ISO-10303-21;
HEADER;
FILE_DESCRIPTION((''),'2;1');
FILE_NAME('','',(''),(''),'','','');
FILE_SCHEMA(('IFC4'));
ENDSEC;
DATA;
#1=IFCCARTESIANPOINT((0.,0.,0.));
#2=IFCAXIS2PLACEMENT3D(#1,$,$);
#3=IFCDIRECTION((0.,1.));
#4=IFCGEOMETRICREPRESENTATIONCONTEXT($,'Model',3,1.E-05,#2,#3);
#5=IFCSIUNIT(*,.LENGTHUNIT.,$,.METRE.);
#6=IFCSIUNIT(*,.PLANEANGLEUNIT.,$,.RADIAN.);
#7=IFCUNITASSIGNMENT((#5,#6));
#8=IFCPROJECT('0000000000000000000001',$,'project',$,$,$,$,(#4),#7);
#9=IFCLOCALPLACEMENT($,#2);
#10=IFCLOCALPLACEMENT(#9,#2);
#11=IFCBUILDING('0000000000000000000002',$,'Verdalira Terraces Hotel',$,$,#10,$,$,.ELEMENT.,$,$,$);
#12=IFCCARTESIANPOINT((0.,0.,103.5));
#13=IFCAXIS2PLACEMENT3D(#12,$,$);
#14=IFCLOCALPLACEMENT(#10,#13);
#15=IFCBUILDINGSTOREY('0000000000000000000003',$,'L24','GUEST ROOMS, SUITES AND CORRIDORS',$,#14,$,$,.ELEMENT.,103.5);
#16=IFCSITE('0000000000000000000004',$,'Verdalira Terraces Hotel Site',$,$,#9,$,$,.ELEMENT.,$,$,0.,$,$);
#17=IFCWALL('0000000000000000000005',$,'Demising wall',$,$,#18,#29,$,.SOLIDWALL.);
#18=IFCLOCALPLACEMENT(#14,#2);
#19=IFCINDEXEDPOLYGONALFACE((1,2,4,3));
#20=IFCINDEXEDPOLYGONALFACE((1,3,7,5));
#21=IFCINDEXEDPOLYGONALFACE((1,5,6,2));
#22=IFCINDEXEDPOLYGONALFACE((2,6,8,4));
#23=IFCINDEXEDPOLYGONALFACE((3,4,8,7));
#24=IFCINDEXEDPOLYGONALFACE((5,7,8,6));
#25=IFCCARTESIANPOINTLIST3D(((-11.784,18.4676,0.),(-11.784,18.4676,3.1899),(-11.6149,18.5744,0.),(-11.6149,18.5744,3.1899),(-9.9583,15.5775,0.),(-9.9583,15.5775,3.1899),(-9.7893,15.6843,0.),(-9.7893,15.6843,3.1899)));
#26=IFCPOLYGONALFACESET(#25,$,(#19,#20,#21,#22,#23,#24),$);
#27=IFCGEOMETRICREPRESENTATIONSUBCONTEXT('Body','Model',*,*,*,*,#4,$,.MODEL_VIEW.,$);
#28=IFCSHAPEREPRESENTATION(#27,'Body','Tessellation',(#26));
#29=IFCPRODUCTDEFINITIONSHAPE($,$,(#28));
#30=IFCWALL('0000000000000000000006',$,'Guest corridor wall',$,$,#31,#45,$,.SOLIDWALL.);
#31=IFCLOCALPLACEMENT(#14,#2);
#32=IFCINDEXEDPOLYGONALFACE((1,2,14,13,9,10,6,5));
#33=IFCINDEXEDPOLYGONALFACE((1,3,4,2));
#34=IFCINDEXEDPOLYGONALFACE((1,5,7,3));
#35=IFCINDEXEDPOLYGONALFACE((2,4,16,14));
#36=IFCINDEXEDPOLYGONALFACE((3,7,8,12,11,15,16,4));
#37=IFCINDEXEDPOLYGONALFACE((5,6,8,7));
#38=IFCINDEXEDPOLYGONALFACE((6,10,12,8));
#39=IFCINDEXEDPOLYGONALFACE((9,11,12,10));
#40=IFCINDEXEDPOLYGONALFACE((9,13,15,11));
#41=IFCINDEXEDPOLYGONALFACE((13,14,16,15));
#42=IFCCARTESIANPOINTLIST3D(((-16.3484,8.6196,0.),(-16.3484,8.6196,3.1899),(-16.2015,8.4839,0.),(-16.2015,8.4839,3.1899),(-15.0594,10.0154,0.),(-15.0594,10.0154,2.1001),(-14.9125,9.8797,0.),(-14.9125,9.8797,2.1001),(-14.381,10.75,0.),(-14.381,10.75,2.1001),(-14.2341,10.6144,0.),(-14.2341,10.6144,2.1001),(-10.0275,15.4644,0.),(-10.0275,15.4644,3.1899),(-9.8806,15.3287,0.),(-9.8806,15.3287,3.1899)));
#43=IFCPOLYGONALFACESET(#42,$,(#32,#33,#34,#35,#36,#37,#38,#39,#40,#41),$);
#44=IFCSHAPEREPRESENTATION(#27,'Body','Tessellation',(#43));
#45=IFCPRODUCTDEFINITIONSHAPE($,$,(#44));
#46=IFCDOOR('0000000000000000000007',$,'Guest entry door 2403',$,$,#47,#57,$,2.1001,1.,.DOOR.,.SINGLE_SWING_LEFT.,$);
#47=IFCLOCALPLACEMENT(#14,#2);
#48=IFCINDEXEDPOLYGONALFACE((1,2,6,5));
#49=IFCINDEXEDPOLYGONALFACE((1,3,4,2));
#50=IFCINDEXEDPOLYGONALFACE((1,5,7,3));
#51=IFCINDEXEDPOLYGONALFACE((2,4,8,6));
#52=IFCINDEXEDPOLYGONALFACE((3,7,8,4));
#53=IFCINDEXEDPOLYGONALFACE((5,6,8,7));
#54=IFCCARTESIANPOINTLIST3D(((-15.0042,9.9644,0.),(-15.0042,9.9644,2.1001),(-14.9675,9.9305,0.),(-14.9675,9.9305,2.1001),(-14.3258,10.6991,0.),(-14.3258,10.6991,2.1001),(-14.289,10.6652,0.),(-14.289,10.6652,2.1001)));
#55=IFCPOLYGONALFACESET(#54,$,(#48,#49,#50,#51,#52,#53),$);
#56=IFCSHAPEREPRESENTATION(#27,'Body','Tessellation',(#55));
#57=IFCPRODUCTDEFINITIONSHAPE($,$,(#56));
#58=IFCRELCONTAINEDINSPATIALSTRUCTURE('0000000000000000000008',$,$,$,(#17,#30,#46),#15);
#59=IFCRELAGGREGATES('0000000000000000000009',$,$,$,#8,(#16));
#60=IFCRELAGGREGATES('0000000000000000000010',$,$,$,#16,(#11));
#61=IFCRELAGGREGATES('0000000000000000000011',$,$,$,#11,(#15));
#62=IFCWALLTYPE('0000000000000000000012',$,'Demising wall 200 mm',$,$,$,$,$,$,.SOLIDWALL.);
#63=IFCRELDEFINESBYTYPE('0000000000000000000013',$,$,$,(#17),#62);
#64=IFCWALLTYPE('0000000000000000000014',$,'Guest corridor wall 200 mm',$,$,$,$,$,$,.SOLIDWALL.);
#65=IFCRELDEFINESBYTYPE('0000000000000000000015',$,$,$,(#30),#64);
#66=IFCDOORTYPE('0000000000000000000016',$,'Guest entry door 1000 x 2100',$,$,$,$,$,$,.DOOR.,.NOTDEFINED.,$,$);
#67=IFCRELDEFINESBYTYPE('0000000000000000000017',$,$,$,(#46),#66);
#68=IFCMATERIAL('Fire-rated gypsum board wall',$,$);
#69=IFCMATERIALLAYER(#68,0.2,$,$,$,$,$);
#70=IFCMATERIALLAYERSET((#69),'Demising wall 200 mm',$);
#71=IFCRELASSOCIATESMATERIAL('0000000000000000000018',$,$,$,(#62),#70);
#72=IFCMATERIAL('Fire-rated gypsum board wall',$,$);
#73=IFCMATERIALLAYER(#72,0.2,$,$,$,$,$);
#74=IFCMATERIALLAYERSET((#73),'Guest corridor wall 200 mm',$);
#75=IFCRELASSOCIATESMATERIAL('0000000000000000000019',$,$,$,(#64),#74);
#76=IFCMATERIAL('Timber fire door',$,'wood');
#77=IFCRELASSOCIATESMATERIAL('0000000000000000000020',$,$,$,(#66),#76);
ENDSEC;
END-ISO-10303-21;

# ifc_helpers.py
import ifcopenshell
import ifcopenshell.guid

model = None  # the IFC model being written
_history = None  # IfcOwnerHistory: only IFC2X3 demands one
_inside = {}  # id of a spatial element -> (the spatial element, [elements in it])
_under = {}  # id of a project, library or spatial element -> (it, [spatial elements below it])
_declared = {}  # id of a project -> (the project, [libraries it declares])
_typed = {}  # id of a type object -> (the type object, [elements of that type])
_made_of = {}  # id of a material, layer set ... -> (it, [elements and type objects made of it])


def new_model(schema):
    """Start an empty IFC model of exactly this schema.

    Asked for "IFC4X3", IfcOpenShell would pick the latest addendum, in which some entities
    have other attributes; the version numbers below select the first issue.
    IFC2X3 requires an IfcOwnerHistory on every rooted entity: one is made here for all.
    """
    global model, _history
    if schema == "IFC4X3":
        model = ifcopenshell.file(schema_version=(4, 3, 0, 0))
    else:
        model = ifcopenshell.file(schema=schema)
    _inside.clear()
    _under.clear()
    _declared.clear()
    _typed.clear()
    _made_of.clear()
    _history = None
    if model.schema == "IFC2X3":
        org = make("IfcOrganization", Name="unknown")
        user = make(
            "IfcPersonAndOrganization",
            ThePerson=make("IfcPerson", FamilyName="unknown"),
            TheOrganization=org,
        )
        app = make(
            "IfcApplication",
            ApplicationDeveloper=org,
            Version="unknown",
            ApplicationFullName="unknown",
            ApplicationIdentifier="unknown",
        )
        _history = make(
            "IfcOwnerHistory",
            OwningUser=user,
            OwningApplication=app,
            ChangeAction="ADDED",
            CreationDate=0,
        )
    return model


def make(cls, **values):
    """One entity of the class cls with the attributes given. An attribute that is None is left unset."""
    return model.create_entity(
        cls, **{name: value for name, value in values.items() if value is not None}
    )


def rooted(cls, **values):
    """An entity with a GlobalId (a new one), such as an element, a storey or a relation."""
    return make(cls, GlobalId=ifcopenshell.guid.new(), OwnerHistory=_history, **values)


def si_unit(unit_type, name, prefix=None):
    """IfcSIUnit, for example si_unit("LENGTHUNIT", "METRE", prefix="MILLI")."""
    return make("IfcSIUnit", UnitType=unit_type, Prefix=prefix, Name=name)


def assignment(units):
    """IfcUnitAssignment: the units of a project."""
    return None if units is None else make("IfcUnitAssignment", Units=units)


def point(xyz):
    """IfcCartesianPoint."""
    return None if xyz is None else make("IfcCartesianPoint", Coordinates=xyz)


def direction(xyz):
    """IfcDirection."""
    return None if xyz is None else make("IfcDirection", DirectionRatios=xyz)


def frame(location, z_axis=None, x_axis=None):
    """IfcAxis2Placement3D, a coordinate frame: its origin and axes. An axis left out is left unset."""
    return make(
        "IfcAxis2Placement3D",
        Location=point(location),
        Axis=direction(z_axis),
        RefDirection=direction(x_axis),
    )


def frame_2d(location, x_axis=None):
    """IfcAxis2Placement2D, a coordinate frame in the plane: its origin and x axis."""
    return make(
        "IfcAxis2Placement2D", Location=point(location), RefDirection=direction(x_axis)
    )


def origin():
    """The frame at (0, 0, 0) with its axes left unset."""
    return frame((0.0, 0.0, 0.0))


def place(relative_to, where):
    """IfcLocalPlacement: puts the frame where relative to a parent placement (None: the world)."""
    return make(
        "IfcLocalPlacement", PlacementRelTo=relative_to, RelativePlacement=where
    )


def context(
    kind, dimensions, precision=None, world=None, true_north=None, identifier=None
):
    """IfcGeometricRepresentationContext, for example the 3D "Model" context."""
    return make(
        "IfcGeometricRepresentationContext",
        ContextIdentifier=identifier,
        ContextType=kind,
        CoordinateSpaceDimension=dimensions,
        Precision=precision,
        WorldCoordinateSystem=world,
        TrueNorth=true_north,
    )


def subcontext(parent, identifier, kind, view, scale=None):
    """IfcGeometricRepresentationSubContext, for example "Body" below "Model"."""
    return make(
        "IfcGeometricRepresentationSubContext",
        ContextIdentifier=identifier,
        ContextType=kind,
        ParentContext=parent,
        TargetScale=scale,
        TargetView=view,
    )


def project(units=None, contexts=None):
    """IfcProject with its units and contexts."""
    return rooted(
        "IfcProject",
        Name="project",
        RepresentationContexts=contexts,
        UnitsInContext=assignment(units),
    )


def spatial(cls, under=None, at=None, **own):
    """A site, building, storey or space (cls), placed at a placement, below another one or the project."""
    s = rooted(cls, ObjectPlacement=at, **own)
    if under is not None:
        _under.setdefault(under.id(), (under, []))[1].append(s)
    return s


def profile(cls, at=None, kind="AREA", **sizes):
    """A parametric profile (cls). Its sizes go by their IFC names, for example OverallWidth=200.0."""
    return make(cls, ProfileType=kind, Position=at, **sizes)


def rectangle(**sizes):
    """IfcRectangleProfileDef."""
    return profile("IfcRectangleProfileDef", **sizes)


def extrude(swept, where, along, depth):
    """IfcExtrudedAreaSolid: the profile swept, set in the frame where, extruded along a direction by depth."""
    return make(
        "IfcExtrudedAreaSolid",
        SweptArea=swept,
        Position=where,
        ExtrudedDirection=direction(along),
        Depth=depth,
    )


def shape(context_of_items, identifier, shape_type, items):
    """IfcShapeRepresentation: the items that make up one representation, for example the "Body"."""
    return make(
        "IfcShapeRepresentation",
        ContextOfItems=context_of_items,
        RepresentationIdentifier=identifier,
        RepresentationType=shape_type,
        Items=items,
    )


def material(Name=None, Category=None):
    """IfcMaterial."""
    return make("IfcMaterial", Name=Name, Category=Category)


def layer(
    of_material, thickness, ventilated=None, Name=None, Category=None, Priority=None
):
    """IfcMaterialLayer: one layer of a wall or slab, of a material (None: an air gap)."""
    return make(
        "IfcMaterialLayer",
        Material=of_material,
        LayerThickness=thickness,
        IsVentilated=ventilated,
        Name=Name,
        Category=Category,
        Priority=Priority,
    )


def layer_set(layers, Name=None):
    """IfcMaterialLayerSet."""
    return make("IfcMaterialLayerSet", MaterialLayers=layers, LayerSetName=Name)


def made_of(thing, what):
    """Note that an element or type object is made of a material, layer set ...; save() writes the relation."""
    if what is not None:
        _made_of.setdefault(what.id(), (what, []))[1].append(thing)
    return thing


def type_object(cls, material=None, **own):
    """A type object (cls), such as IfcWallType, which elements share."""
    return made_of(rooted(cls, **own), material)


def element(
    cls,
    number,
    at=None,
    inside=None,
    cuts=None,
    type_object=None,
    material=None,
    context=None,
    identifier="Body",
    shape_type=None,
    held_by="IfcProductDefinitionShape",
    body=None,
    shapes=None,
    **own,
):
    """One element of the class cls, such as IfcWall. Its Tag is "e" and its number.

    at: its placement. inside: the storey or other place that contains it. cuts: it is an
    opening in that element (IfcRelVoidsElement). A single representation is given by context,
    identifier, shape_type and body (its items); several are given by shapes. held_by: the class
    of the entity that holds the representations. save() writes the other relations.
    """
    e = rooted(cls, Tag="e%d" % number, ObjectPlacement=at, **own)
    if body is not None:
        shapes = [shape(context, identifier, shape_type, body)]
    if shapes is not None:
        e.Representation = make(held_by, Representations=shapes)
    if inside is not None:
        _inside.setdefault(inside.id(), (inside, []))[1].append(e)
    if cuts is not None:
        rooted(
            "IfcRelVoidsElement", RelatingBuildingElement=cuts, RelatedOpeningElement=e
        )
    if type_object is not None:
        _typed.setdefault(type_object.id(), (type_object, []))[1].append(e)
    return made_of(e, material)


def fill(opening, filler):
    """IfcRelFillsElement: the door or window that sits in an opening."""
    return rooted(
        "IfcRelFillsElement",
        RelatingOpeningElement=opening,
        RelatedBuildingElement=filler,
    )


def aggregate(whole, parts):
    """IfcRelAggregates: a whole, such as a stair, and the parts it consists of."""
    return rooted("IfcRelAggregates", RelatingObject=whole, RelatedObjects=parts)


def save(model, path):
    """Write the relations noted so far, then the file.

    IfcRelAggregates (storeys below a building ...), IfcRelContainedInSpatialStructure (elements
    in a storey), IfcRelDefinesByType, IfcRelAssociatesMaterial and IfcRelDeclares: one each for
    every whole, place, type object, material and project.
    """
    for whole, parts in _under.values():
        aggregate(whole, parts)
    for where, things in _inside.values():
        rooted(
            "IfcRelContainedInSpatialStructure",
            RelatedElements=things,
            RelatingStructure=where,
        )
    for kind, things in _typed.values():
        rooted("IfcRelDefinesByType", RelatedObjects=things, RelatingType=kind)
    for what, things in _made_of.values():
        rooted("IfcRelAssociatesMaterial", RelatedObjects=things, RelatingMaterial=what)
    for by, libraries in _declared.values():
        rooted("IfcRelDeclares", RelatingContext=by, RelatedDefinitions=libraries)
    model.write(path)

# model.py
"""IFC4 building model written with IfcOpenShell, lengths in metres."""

from ifc_helpers import new_model, si_unit, direction, frame, frame_2d, origin, place, context, subcontext, project, spatial, rectangle, extrude, material, layer, layer_set, type_object, element, fill, save


model = new_model("IFC4")

# Units and contexts
model_context = context("Model", 3, precision=1e-05, world=origin(), true_north=direction((0.0, 1.0)))
body_context = subcontext(model_context, "Body", "Model", "MODEL_VIEW")
ifc_project = project(units=[si_unit("LENGTHUNIT", "METRE"), si_unit("PLANEANGLEUNIT", "RADIAN")], contexts=[model_context])

# Site, building, storey
site_placement = place(None, origin())
site = spatial("IfcSite", under=ifc_project, at=site_placement, Name="Verdalira Terraces Hotel Site", CompositionType="ELEMENT", RefElevation=0.0)
building_placement = place(site_placement, origin())
building = spatial("IfcBuilding", under=site, at=building_placement, Name="Verdalira Terraces Hotel", CompositionType="ELEMENT")
storey_placement = place(building_placement, frame((0.0, 0.0, 103.5)))
storey = spatial("IfcBuildingStorey", under=building, at=storey_placement, Name="L24", Description="GUEST ROOMS, SUITES AND CORRIDORS", CompositionType="ELEMENT", Elevation=103.5)

# Wall
ifc_material_1 = material(Name="Fire-rated gypsum board wall")
ifc_layer_1 = layer(ifc_material_1, 0.2)
ifc_layer_set_1 = layer_set([ifc_layer_1], Name="Demising wall 200 mm")
wall_type_1 = type_object("IfcWallType", Name="Demising wall 200 mm", PredefinedType="SOLIDWALL", material=ifc_layer_set_1)
wall_1_placement = place(storey_placement, frame((-9.8738, 15.6309, 0.0), z_axis=(0.0, 0.0, 1.0), x_axis=(-0.534063, 0.845445, 0.0)))
element("IfcWall", 1, at=wall_1_placement, inside=storey, type_object=wall_type_1, Name="Demising wall", PredefinedType="SOLIDWALL", context=body_context, shape_type="SweptSolid", body=[
    extrude(rectangle(XDim=3.4185, YDim=0.2, at=frame_2d((1.7092, 0.0))), origin(), (0.0, 0.0, 1.0), 3.1899),
])

# Wall, opening, door
ifc_material_2 = material(Name="Fire-rated gypsum board wall")
ifc_layer_2 = layer(ifc_material_2, 0.2)
ifc_layer_set_2 = layer_set([ifc_layer_2], Name="Guest corridor wall 200 mm")
wall_type_2 = type_object("IfcWallType", Name="Guest corridor wall 200 mm", PredefinedType="SOLIDWALL", material=ifc_layer_set_2)
wall_2_placement = place(storey_placement, frame((-16.2749, 8.5518, 0.0), z_axis=(0.0, 0.0, 1.0), x_axis=(0.67843, 0.734665, 0.0)))
wall_2 = element("IfcWall", 2, at=wall_2_placement, inside=storey, type_object=wall_type_2, Name="Guest corridor wall", PredefinedType="SOLIDWALL", context=body_context, shape_type="SweptSolid", body=[
    extrude(rectangle(XDim=9.3169, YDim=0.2, at=frame_2d((4.6584, 0.0))), origin(), (0.0, 0.0, 1.0), 3.1899),
])
opening_1_placement = place(wall_2_placement, frame((1.8999, 0.0, 0.0)))
opening_1 = element("IfcOpeningElement", 3, at=opening_1_placement, cuts=wall_2, PredefinedType="OPENING", context=body_context, shape_type="SweptSolid", body=[
    extrude(rectangle(XDim=1.0, YDim=2.1001, at=frame_2d((0.5, 1.05))), frame((0.0, 0.1099, 0.0), z_axis=(0.0, -1.0, 0.0), x_axis=(1.0, 0.0, 0.0)), (0.0, 0.0, 1.0), 0.22),
])
ifc_material_3 = material(Name="Timber fire door", Category="wood")
door_type_1 = type_object("IfcDoorType", Name="Guest entry door 1000 x 2100", OperationType="NOTDEFINED", PredefinedType="DOOR", material=ifc_material_3)
door_1_placement = place(opening_1_placement, origin())
door_1 = element("IfcDoor", 4, at=door_1_placement, inside=storey, type_object=door_type_1, Name="Guest entry door 2403", OperationType="SINGLE_SWING_LEFT", OverallHeight=2.1001, OverallWidth=1.0, PredefinedType="DOOR", context=body_context, shape_type="SweptSolid", body=[
    extrude(rectangle(XDim=1.0, YDim=2.1001, at=frame_2d((0.5, 1.05))), frame((0.0, 0.0249, 0.0), z_axis=(0.0, -1.0, 0.0), x_axis=(1.0, 0.0, 0.0)), (0.0, 0.0, 1.0), 0.05),
])
fill(opening_1, door_1)

save(model, "model.ifc")
